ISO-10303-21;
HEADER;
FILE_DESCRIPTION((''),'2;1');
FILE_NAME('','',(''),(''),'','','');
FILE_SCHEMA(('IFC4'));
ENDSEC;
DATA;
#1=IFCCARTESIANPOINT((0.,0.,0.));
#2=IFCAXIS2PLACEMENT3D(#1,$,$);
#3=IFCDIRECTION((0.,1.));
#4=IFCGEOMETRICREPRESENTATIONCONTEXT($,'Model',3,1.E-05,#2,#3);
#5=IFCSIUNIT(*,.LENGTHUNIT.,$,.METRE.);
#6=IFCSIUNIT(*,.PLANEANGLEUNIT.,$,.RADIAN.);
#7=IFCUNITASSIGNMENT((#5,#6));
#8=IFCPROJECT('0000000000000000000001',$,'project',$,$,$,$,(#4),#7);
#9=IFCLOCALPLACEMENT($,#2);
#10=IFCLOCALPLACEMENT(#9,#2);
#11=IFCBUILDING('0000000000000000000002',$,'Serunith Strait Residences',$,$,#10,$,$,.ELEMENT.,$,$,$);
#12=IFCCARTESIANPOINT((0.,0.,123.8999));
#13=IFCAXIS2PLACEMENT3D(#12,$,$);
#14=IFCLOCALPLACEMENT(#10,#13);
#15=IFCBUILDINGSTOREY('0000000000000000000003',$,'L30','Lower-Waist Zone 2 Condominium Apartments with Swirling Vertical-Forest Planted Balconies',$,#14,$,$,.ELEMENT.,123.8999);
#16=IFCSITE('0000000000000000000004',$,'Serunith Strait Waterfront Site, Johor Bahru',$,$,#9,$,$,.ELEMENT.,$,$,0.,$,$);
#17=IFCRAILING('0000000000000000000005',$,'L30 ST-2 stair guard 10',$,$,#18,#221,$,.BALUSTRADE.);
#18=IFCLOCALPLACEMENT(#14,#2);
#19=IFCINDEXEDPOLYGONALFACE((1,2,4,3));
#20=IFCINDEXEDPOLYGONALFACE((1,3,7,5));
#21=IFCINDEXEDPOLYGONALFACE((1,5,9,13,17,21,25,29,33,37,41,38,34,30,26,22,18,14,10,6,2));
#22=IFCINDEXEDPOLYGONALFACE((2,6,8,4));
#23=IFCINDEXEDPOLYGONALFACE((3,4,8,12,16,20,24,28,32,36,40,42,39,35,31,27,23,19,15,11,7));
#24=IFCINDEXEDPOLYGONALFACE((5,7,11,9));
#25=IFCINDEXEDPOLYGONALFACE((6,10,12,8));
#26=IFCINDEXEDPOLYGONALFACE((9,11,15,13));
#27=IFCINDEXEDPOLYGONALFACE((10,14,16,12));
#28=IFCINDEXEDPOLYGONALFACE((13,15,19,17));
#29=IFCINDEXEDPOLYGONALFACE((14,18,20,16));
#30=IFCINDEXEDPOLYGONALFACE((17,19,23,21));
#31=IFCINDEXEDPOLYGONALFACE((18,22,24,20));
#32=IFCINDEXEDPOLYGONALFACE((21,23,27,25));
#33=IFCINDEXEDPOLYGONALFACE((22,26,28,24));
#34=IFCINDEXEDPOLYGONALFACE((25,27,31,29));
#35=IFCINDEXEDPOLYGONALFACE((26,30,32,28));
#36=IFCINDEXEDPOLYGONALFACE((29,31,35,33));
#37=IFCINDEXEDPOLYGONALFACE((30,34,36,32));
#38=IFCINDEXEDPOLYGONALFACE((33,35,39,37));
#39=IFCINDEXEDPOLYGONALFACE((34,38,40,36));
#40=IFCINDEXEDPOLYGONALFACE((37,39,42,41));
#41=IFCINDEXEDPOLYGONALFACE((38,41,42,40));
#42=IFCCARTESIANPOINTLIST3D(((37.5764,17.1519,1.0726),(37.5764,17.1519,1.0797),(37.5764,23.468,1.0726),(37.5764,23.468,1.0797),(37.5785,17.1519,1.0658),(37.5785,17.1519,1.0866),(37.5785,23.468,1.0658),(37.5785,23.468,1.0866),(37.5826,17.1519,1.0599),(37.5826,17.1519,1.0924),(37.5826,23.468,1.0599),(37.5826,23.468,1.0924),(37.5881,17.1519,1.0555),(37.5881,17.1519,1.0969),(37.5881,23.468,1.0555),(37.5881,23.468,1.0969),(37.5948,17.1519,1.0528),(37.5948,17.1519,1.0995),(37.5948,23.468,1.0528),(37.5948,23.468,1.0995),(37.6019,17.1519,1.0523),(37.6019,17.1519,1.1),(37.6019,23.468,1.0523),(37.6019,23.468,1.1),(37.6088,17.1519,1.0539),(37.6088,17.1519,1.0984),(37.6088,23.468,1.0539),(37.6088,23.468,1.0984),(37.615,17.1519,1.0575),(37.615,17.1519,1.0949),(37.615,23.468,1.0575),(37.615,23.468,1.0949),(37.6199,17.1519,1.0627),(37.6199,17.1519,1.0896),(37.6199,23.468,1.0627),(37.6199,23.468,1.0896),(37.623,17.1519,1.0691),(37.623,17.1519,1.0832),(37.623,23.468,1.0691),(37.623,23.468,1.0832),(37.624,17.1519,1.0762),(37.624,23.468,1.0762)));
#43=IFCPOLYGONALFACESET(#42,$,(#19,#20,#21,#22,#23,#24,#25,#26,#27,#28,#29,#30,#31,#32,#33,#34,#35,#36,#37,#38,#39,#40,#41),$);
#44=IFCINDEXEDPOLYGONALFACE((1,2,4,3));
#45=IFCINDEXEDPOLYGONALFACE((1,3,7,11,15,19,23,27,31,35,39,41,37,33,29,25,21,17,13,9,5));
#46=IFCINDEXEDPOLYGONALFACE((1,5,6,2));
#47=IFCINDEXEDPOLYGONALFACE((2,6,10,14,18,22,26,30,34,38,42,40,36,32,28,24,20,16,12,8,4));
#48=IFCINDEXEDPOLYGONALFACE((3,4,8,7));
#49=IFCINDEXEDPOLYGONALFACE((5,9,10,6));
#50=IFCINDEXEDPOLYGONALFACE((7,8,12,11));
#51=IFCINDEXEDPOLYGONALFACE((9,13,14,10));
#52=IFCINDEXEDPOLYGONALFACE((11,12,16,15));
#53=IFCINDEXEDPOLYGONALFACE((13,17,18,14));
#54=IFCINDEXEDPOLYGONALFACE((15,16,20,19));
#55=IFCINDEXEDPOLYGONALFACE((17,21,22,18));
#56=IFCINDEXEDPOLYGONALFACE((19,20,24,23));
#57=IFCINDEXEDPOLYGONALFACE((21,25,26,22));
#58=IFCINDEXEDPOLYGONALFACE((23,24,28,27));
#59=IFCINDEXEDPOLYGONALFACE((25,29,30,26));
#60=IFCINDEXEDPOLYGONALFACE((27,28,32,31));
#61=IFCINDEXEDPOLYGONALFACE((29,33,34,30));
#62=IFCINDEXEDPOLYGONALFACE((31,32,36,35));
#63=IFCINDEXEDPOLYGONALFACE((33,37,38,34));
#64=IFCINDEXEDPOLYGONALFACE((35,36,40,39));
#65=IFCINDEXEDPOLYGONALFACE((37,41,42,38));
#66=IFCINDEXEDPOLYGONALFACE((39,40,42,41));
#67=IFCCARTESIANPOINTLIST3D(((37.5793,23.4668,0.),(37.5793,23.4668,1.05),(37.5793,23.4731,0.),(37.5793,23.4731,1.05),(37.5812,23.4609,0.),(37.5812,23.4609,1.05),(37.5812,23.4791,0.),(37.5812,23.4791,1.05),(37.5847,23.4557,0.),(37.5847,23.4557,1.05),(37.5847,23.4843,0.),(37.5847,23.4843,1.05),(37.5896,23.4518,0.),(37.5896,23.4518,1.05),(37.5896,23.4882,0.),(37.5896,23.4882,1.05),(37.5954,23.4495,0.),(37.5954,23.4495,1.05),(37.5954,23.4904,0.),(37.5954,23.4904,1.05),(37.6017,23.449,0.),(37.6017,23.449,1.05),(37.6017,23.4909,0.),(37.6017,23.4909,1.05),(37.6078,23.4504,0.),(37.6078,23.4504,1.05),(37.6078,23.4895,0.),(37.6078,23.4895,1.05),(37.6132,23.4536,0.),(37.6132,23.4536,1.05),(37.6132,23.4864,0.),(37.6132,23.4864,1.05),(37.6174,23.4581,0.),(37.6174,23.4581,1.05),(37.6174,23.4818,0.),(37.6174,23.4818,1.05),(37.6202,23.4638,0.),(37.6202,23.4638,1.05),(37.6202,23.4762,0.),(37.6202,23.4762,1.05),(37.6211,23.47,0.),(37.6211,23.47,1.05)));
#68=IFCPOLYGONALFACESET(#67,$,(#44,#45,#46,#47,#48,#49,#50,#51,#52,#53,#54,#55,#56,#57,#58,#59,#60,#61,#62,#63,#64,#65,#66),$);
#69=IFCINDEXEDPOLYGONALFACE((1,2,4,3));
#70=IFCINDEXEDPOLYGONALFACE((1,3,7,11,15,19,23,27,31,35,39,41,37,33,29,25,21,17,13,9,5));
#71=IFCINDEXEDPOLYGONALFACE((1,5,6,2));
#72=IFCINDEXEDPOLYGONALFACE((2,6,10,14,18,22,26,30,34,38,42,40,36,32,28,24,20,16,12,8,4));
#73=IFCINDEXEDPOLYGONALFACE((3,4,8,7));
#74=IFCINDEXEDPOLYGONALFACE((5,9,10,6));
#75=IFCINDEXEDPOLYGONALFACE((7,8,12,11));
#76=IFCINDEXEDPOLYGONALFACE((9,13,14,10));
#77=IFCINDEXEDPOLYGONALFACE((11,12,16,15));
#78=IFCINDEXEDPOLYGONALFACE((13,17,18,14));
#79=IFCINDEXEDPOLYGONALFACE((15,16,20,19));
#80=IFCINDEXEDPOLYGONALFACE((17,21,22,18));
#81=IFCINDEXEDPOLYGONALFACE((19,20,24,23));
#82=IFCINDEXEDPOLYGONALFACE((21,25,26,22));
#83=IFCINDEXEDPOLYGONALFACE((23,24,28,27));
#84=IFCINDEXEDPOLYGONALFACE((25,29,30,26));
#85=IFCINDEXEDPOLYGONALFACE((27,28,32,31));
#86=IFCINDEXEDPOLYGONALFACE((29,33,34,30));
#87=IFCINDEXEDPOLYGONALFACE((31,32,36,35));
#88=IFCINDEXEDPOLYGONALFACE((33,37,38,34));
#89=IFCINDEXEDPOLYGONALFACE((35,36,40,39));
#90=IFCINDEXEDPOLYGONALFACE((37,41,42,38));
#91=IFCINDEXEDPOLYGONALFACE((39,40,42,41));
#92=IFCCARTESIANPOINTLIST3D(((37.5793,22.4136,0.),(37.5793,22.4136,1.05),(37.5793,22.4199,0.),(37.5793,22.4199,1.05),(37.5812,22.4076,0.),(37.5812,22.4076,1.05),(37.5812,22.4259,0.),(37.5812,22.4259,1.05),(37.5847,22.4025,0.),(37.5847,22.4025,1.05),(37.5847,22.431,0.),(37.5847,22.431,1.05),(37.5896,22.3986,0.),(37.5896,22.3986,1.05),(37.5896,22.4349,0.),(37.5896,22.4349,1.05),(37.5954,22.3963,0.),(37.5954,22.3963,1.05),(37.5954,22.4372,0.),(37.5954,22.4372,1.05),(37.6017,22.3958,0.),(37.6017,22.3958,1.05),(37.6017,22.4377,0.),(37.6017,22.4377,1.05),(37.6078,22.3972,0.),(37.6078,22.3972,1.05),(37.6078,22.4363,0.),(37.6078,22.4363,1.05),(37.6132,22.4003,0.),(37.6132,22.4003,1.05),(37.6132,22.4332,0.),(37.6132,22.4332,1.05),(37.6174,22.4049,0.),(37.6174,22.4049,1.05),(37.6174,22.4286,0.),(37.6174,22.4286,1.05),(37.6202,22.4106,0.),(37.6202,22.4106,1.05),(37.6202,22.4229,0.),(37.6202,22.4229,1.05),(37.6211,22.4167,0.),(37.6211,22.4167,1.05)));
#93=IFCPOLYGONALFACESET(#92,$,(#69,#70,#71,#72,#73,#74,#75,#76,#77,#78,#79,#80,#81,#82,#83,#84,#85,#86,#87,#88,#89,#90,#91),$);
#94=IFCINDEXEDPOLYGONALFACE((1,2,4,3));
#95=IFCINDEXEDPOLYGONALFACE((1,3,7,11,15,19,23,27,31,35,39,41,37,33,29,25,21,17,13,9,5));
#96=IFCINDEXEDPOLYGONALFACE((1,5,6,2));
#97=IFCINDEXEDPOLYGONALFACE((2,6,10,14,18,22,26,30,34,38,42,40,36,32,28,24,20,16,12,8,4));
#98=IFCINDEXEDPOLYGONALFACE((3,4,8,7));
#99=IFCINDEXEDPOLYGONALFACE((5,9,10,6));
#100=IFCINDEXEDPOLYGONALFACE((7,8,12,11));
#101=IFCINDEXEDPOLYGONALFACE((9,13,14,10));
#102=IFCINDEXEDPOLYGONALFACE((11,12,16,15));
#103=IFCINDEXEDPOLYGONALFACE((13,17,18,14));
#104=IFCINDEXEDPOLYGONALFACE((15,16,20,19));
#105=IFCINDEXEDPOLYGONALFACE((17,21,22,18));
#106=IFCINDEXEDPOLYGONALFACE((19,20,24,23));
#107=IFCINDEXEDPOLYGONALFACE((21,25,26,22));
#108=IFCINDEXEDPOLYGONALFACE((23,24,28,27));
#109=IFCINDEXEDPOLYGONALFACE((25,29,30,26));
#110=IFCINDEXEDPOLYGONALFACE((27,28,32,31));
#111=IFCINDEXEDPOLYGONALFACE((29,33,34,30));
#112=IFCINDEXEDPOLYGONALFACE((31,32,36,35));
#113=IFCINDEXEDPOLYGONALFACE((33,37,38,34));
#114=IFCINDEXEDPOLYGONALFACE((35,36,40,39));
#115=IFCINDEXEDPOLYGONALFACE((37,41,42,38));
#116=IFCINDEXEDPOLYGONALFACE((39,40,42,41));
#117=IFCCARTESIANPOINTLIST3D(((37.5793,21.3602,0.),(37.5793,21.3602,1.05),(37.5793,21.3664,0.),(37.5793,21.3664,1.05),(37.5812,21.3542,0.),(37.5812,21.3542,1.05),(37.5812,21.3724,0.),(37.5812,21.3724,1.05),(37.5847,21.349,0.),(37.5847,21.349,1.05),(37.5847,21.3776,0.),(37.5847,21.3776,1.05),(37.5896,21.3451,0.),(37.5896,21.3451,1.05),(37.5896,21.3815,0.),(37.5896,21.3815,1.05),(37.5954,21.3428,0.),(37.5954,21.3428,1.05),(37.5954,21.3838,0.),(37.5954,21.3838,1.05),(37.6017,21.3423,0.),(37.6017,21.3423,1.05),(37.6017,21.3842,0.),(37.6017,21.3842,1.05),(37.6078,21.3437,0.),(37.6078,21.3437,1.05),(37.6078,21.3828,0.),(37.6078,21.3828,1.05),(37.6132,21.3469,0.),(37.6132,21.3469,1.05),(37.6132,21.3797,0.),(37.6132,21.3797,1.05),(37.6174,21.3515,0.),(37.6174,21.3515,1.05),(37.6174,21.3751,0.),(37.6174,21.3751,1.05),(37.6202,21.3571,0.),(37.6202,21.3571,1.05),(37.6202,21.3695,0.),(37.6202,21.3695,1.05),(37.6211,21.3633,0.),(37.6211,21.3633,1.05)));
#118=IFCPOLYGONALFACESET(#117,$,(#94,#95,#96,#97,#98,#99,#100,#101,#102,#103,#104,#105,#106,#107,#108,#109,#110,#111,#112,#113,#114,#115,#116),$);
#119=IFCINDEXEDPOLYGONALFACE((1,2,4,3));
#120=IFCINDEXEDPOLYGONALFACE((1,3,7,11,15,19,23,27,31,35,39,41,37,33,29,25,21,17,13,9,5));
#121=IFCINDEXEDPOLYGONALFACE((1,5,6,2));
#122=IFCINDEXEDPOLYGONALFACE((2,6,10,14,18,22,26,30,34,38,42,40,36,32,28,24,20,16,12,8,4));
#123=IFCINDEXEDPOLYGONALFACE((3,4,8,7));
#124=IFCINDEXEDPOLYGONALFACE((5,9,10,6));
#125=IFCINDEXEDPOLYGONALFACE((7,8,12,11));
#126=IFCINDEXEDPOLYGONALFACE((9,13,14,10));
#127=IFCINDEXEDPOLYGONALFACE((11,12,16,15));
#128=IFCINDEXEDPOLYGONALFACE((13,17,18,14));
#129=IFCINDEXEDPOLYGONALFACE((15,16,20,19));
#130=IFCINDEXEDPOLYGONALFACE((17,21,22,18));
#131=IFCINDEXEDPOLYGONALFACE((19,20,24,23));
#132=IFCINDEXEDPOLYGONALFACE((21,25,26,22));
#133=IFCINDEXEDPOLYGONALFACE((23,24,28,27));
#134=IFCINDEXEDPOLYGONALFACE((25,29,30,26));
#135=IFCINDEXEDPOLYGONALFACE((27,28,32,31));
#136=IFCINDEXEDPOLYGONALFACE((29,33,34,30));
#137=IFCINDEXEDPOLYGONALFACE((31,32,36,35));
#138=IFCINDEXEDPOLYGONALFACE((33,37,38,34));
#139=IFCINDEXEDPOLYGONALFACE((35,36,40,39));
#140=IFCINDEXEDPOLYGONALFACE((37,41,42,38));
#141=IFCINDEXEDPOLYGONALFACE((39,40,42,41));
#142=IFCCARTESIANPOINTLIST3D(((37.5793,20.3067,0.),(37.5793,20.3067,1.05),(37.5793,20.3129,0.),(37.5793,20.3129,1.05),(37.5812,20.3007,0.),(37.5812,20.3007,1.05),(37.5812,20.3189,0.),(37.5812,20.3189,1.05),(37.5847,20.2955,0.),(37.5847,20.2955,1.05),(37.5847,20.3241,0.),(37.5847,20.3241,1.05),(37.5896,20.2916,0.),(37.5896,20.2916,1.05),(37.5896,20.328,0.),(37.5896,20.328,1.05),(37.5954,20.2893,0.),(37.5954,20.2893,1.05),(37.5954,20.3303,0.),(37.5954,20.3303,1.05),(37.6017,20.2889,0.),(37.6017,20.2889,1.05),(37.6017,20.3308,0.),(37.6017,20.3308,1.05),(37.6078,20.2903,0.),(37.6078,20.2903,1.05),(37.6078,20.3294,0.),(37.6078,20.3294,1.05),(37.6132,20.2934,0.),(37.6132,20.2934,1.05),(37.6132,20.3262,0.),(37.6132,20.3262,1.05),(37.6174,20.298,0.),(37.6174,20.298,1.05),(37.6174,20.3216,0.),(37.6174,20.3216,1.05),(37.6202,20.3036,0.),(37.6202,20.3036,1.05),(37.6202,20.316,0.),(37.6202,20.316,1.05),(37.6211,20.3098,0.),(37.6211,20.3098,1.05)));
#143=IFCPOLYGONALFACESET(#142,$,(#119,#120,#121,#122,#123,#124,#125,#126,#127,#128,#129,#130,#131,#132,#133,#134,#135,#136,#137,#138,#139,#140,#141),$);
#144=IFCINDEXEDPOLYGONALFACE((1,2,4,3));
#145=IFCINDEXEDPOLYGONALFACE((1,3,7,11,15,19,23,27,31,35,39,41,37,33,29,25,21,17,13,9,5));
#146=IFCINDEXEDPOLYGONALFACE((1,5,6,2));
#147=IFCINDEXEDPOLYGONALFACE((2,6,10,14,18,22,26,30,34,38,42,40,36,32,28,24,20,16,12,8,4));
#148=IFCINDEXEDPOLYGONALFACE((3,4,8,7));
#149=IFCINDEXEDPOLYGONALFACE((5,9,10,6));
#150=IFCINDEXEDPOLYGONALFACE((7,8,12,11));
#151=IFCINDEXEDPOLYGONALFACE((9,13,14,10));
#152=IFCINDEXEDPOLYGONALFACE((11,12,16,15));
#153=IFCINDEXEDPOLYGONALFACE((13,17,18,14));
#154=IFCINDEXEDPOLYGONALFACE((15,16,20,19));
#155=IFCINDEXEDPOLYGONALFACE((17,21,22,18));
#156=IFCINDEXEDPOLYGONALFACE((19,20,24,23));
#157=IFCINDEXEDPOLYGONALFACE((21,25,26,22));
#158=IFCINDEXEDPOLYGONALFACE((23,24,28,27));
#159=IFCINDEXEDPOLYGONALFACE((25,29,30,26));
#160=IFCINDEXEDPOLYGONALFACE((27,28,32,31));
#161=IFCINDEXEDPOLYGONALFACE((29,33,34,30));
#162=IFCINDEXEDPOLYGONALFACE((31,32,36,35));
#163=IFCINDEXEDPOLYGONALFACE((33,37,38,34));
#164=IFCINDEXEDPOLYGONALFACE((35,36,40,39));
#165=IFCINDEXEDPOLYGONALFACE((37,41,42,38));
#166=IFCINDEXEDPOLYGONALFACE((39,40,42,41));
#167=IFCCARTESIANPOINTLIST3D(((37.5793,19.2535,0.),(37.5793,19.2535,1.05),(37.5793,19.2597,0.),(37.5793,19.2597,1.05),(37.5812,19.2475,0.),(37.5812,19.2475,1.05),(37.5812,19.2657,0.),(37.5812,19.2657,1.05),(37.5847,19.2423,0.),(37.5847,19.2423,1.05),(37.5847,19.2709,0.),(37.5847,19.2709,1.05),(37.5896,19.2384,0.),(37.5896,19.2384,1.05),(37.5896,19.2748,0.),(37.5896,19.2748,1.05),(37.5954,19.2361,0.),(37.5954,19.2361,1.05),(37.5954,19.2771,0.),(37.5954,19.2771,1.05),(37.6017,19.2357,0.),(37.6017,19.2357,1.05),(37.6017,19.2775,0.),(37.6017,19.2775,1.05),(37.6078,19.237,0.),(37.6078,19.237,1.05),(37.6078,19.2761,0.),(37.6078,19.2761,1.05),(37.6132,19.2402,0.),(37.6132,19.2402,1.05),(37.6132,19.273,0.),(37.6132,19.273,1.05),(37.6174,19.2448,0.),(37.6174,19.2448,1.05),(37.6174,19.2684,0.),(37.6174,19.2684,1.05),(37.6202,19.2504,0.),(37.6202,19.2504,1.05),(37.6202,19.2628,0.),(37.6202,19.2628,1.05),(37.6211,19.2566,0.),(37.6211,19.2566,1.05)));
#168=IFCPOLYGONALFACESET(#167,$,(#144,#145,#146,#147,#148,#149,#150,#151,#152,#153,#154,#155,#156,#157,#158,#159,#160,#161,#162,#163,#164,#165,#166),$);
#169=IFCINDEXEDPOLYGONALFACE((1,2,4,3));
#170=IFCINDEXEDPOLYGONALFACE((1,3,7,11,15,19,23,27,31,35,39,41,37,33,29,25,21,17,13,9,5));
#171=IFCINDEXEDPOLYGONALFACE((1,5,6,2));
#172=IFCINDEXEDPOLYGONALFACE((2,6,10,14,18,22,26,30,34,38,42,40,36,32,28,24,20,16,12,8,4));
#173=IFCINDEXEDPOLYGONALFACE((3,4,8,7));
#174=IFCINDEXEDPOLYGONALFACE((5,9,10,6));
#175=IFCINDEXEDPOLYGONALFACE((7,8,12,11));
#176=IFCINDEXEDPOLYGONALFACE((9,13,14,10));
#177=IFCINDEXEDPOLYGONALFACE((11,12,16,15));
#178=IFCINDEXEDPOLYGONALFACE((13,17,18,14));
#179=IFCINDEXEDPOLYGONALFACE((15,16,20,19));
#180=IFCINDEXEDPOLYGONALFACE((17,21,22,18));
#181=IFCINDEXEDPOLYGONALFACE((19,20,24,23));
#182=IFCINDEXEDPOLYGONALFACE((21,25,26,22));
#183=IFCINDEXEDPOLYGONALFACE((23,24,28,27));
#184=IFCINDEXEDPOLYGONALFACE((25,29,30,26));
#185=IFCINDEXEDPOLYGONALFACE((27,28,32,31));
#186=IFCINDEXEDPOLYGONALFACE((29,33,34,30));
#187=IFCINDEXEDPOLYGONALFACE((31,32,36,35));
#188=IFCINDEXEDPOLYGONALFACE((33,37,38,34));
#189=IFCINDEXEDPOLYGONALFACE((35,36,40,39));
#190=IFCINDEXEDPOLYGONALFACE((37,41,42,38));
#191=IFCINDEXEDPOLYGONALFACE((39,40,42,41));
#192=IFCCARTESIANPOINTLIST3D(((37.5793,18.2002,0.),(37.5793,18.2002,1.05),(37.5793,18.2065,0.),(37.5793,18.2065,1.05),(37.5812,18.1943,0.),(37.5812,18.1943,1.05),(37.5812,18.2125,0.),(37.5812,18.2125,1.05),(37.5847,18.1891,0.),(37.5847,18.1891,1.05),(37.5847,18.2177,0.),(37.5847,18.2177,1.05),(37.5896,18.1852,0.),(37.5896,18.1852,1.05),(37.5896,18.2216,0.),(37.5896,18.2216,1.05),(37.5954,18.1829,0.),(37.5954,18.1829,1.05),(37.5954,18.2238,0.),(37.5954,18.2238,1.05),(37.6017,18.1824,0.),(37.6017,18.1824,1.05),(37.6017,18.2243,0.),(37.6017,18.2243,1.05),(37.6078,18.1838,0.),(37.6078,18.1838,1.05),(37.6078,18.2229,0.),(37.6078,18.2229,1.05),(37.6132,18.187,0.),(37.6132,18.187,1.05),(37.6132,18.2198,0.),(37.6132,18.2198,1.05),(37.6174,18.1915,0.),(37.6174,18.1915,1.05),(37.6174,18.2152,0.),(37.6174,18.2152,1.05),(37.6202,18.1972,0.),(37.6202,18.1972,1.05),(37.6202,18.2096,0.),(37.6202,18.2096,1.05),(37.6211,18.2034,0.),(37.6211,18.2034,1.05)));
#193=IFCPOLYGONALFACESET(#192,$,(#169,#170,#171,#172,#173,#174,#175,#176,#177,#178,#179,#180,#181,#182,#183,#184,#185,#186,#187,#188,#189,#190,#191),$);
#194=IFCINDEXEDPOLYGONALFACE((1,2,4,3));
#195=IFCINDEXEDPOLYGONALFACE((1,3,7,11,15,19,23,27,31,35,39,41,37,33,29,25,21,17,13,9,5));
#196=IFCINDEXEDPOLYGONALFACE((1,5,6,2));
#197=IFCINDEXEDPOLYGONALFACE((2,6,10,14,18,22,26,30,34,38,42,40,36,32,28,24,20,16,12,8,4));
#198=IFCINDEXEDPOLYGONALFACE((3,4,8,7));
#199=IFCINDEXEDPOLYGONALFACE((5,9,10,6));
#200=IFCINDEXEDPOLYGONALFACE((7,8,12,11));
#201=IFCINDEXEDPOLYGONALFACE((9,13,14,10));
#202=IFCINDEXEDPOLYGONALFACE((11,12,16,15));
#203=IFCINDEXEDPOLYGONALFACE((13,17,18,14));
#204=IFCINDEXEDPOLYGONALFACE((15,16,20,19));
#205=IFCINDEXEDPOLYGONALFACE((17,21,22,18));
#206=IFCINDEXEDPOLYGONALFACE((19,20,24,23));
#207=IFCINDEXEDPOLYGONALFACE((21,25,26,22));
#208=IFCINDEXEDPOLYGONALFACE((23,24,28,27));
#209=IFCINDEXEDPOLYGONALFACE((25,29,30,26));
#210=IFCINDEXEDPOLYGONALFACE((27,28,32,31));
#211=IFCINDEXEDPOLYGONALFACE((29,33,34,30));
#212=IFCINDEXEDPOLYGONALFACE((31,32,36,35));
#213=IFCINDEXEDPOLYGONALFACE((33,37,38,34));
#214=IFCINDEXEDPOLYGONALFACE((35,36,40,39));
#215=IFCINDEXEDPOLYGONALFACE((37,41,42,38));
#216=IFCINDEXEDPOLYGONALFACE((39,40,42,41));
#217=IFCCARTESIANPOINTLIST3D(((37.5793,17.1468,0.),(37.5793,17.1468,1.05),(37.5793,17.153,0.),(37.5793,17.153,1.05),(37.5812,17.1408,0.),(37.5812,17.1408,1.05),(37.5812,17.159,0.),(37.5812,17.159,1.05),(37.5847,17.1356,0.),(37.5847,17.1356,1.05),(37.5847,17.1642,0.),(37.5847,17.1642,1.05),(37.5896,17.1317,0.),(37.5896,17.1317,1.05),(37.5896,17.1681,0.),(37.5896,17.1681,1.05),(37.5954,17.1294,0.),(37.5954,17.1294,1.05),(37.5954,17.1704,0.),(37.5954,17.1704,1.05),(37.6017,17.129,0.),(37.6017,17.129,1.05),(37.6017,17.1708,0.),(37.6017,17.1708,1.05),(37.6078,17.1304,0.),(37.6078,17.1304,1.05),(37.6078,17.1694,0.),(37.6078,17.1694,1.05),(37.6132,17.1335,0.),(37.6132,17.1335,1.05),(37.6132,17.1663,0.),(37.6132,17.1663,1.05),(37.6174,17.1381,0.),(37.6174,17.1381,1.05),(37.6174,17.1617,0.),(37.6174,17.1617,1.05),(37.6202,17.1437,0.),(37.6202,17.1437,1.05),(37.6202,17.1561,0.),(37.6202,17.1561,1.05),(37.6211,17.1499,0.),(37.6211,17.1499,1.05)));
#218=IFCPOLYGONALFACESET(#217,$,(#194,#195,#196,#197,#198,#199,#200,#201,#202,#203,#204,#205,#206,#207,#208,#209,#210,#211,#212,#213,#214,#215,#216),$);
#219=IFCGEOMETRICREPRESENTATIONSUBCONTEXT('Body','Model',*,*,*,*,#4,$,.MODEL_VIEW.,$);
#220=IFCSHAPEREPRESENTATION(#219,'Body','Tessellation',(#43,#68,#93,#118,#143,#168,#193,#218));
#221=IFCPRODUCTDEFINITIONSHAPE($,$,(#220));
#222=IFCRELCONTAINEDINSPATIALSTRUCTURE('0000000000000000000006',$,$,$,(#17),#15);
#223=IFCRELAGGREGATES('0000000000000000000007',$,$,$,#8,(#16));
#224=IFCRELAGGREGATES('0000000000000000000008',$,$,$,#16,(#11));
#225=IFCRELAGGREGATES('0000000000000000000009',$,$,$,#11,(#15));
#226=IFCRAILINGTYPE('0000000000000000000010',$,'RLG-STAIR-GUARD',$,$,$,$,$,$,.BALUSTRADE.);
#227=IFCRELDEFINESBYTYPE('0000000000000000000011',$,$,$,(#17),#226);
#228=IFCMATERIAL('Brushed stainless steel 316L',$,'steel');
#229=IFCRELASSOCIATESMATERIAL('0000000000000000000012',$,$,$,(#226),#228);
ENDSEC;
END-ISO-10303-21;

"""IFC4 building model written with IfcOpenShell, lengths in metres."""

from ifc_helpers import new_model, si_unit, direction, frame, origin, origin_2d, place, context, subcontext, project, spatial, circle, extrude, material, type_object, element, save


model = new_model("IFC4")

# Units and contexts
model_context = context("Model", 3, precision=1e-05, world=origin(), true_north=direction((0.0, 1.0)))
body_context = subcontext(model_context, "Body", "Model", "MODEL_VIEW")
ifc_project = project(units=[si_unit("LENGTHUNIT", "METRE"), si_unit("PLANEANGLEUNIT", "RADIAN")], contexts=[model_context])

# Site, building, storey
site_placement = place(None, origin())
site = spatial("IfcSite", under=ifc_project, at=site_placement, Name="Serunith Strait Waterfront Site, Johor Bahru", CompositionType="ELEMENT", RefElevation=0.0)
building_placement = place(site_placement, origin())
building = spatial("IfcBuilding", under=site, at=building_placement, Name="Serunith Strait Residences", CompositionType="ELEMENT")
storey_placement = place(building_placement, frame((0.0, 0.0, 123.8999)))
storey = spatial("IfcBuildingStorey", under=building, at=storey_placement, Name="L30", Description="Lower-Waist Zone 2 Condominium Apartments with Swirling Vertical-Forest Planted Balconies", CompositionType="ELEMENT", Elevation=123.8999)

# Railing
ifc_material_1 = material(Name="Brushed stainless steel 316L", Category="steel")
railing_type_1 = type_object("IfcRailingType", Name="RLG-STAIR-GUARD", PredefinedType="BALUSTRADE", material=ifc_material_1)
railing_1_placement = place(storey_placement, frame((37.6001, 23.47, 0.0)))
element("IfcRailing", 1, at=railing_1_placement, inside=storey, type_object=railing_type_1, Name="L30 ST-2 stair guard 10", PredefinedType="BALUSTRADE", context=body_context, shape_type="SweptSolid", body=[
    extrude(circle(Radius=0.0239, at=origin_2d()), frame((0.0, -0.002, 1.0762), z_axis=(0.0, -1.0, 0.0), x_axis=(1.0, 0.0, 0.0)), (0.0, 0.0, 1.0), 6.3162),
    extrude(circle(Radius=0.021, at=origin_2d()), origin(), (0.0, 0.0, 1.0), 1.05),
    extrude(circle(Radius=0.021, at=origin_2d()), frame((0.0, -1.0532, 0.0)), (0.0, 0.0, 1.0), 1.05),
    extrude(circle(Radius=0.021, at=origin_2d()), frame((0.0, -2.1067, 0.0)), (0.0, 0.0, 1.0), 1.05),
    extrude(circle(Radius=0.021, at=origin_2d()), frame((0.0, -3.1602, 0.0)), (0.0, 0.0, 1.0), 1.05),
    extrude(circle(Radius=0.021, at=origin_2d()), frame((0.0, -4.2134, 0.0)), (0.0, 0.0, 1.0), 1.05),
    extrude(circle(Radius=0.021, at=origin_2d()), frame((0.0, -5.2666, 0.0)), (0.0, 0.0, 1.0), 1.05),
    extrude(circle(Radius=0.021, at=origin_2d()), frame((0.0, -6.3201, 0.0)), (0.0, 0.0, 1.0), 1.05),
])

save(model, "model.ifc")
